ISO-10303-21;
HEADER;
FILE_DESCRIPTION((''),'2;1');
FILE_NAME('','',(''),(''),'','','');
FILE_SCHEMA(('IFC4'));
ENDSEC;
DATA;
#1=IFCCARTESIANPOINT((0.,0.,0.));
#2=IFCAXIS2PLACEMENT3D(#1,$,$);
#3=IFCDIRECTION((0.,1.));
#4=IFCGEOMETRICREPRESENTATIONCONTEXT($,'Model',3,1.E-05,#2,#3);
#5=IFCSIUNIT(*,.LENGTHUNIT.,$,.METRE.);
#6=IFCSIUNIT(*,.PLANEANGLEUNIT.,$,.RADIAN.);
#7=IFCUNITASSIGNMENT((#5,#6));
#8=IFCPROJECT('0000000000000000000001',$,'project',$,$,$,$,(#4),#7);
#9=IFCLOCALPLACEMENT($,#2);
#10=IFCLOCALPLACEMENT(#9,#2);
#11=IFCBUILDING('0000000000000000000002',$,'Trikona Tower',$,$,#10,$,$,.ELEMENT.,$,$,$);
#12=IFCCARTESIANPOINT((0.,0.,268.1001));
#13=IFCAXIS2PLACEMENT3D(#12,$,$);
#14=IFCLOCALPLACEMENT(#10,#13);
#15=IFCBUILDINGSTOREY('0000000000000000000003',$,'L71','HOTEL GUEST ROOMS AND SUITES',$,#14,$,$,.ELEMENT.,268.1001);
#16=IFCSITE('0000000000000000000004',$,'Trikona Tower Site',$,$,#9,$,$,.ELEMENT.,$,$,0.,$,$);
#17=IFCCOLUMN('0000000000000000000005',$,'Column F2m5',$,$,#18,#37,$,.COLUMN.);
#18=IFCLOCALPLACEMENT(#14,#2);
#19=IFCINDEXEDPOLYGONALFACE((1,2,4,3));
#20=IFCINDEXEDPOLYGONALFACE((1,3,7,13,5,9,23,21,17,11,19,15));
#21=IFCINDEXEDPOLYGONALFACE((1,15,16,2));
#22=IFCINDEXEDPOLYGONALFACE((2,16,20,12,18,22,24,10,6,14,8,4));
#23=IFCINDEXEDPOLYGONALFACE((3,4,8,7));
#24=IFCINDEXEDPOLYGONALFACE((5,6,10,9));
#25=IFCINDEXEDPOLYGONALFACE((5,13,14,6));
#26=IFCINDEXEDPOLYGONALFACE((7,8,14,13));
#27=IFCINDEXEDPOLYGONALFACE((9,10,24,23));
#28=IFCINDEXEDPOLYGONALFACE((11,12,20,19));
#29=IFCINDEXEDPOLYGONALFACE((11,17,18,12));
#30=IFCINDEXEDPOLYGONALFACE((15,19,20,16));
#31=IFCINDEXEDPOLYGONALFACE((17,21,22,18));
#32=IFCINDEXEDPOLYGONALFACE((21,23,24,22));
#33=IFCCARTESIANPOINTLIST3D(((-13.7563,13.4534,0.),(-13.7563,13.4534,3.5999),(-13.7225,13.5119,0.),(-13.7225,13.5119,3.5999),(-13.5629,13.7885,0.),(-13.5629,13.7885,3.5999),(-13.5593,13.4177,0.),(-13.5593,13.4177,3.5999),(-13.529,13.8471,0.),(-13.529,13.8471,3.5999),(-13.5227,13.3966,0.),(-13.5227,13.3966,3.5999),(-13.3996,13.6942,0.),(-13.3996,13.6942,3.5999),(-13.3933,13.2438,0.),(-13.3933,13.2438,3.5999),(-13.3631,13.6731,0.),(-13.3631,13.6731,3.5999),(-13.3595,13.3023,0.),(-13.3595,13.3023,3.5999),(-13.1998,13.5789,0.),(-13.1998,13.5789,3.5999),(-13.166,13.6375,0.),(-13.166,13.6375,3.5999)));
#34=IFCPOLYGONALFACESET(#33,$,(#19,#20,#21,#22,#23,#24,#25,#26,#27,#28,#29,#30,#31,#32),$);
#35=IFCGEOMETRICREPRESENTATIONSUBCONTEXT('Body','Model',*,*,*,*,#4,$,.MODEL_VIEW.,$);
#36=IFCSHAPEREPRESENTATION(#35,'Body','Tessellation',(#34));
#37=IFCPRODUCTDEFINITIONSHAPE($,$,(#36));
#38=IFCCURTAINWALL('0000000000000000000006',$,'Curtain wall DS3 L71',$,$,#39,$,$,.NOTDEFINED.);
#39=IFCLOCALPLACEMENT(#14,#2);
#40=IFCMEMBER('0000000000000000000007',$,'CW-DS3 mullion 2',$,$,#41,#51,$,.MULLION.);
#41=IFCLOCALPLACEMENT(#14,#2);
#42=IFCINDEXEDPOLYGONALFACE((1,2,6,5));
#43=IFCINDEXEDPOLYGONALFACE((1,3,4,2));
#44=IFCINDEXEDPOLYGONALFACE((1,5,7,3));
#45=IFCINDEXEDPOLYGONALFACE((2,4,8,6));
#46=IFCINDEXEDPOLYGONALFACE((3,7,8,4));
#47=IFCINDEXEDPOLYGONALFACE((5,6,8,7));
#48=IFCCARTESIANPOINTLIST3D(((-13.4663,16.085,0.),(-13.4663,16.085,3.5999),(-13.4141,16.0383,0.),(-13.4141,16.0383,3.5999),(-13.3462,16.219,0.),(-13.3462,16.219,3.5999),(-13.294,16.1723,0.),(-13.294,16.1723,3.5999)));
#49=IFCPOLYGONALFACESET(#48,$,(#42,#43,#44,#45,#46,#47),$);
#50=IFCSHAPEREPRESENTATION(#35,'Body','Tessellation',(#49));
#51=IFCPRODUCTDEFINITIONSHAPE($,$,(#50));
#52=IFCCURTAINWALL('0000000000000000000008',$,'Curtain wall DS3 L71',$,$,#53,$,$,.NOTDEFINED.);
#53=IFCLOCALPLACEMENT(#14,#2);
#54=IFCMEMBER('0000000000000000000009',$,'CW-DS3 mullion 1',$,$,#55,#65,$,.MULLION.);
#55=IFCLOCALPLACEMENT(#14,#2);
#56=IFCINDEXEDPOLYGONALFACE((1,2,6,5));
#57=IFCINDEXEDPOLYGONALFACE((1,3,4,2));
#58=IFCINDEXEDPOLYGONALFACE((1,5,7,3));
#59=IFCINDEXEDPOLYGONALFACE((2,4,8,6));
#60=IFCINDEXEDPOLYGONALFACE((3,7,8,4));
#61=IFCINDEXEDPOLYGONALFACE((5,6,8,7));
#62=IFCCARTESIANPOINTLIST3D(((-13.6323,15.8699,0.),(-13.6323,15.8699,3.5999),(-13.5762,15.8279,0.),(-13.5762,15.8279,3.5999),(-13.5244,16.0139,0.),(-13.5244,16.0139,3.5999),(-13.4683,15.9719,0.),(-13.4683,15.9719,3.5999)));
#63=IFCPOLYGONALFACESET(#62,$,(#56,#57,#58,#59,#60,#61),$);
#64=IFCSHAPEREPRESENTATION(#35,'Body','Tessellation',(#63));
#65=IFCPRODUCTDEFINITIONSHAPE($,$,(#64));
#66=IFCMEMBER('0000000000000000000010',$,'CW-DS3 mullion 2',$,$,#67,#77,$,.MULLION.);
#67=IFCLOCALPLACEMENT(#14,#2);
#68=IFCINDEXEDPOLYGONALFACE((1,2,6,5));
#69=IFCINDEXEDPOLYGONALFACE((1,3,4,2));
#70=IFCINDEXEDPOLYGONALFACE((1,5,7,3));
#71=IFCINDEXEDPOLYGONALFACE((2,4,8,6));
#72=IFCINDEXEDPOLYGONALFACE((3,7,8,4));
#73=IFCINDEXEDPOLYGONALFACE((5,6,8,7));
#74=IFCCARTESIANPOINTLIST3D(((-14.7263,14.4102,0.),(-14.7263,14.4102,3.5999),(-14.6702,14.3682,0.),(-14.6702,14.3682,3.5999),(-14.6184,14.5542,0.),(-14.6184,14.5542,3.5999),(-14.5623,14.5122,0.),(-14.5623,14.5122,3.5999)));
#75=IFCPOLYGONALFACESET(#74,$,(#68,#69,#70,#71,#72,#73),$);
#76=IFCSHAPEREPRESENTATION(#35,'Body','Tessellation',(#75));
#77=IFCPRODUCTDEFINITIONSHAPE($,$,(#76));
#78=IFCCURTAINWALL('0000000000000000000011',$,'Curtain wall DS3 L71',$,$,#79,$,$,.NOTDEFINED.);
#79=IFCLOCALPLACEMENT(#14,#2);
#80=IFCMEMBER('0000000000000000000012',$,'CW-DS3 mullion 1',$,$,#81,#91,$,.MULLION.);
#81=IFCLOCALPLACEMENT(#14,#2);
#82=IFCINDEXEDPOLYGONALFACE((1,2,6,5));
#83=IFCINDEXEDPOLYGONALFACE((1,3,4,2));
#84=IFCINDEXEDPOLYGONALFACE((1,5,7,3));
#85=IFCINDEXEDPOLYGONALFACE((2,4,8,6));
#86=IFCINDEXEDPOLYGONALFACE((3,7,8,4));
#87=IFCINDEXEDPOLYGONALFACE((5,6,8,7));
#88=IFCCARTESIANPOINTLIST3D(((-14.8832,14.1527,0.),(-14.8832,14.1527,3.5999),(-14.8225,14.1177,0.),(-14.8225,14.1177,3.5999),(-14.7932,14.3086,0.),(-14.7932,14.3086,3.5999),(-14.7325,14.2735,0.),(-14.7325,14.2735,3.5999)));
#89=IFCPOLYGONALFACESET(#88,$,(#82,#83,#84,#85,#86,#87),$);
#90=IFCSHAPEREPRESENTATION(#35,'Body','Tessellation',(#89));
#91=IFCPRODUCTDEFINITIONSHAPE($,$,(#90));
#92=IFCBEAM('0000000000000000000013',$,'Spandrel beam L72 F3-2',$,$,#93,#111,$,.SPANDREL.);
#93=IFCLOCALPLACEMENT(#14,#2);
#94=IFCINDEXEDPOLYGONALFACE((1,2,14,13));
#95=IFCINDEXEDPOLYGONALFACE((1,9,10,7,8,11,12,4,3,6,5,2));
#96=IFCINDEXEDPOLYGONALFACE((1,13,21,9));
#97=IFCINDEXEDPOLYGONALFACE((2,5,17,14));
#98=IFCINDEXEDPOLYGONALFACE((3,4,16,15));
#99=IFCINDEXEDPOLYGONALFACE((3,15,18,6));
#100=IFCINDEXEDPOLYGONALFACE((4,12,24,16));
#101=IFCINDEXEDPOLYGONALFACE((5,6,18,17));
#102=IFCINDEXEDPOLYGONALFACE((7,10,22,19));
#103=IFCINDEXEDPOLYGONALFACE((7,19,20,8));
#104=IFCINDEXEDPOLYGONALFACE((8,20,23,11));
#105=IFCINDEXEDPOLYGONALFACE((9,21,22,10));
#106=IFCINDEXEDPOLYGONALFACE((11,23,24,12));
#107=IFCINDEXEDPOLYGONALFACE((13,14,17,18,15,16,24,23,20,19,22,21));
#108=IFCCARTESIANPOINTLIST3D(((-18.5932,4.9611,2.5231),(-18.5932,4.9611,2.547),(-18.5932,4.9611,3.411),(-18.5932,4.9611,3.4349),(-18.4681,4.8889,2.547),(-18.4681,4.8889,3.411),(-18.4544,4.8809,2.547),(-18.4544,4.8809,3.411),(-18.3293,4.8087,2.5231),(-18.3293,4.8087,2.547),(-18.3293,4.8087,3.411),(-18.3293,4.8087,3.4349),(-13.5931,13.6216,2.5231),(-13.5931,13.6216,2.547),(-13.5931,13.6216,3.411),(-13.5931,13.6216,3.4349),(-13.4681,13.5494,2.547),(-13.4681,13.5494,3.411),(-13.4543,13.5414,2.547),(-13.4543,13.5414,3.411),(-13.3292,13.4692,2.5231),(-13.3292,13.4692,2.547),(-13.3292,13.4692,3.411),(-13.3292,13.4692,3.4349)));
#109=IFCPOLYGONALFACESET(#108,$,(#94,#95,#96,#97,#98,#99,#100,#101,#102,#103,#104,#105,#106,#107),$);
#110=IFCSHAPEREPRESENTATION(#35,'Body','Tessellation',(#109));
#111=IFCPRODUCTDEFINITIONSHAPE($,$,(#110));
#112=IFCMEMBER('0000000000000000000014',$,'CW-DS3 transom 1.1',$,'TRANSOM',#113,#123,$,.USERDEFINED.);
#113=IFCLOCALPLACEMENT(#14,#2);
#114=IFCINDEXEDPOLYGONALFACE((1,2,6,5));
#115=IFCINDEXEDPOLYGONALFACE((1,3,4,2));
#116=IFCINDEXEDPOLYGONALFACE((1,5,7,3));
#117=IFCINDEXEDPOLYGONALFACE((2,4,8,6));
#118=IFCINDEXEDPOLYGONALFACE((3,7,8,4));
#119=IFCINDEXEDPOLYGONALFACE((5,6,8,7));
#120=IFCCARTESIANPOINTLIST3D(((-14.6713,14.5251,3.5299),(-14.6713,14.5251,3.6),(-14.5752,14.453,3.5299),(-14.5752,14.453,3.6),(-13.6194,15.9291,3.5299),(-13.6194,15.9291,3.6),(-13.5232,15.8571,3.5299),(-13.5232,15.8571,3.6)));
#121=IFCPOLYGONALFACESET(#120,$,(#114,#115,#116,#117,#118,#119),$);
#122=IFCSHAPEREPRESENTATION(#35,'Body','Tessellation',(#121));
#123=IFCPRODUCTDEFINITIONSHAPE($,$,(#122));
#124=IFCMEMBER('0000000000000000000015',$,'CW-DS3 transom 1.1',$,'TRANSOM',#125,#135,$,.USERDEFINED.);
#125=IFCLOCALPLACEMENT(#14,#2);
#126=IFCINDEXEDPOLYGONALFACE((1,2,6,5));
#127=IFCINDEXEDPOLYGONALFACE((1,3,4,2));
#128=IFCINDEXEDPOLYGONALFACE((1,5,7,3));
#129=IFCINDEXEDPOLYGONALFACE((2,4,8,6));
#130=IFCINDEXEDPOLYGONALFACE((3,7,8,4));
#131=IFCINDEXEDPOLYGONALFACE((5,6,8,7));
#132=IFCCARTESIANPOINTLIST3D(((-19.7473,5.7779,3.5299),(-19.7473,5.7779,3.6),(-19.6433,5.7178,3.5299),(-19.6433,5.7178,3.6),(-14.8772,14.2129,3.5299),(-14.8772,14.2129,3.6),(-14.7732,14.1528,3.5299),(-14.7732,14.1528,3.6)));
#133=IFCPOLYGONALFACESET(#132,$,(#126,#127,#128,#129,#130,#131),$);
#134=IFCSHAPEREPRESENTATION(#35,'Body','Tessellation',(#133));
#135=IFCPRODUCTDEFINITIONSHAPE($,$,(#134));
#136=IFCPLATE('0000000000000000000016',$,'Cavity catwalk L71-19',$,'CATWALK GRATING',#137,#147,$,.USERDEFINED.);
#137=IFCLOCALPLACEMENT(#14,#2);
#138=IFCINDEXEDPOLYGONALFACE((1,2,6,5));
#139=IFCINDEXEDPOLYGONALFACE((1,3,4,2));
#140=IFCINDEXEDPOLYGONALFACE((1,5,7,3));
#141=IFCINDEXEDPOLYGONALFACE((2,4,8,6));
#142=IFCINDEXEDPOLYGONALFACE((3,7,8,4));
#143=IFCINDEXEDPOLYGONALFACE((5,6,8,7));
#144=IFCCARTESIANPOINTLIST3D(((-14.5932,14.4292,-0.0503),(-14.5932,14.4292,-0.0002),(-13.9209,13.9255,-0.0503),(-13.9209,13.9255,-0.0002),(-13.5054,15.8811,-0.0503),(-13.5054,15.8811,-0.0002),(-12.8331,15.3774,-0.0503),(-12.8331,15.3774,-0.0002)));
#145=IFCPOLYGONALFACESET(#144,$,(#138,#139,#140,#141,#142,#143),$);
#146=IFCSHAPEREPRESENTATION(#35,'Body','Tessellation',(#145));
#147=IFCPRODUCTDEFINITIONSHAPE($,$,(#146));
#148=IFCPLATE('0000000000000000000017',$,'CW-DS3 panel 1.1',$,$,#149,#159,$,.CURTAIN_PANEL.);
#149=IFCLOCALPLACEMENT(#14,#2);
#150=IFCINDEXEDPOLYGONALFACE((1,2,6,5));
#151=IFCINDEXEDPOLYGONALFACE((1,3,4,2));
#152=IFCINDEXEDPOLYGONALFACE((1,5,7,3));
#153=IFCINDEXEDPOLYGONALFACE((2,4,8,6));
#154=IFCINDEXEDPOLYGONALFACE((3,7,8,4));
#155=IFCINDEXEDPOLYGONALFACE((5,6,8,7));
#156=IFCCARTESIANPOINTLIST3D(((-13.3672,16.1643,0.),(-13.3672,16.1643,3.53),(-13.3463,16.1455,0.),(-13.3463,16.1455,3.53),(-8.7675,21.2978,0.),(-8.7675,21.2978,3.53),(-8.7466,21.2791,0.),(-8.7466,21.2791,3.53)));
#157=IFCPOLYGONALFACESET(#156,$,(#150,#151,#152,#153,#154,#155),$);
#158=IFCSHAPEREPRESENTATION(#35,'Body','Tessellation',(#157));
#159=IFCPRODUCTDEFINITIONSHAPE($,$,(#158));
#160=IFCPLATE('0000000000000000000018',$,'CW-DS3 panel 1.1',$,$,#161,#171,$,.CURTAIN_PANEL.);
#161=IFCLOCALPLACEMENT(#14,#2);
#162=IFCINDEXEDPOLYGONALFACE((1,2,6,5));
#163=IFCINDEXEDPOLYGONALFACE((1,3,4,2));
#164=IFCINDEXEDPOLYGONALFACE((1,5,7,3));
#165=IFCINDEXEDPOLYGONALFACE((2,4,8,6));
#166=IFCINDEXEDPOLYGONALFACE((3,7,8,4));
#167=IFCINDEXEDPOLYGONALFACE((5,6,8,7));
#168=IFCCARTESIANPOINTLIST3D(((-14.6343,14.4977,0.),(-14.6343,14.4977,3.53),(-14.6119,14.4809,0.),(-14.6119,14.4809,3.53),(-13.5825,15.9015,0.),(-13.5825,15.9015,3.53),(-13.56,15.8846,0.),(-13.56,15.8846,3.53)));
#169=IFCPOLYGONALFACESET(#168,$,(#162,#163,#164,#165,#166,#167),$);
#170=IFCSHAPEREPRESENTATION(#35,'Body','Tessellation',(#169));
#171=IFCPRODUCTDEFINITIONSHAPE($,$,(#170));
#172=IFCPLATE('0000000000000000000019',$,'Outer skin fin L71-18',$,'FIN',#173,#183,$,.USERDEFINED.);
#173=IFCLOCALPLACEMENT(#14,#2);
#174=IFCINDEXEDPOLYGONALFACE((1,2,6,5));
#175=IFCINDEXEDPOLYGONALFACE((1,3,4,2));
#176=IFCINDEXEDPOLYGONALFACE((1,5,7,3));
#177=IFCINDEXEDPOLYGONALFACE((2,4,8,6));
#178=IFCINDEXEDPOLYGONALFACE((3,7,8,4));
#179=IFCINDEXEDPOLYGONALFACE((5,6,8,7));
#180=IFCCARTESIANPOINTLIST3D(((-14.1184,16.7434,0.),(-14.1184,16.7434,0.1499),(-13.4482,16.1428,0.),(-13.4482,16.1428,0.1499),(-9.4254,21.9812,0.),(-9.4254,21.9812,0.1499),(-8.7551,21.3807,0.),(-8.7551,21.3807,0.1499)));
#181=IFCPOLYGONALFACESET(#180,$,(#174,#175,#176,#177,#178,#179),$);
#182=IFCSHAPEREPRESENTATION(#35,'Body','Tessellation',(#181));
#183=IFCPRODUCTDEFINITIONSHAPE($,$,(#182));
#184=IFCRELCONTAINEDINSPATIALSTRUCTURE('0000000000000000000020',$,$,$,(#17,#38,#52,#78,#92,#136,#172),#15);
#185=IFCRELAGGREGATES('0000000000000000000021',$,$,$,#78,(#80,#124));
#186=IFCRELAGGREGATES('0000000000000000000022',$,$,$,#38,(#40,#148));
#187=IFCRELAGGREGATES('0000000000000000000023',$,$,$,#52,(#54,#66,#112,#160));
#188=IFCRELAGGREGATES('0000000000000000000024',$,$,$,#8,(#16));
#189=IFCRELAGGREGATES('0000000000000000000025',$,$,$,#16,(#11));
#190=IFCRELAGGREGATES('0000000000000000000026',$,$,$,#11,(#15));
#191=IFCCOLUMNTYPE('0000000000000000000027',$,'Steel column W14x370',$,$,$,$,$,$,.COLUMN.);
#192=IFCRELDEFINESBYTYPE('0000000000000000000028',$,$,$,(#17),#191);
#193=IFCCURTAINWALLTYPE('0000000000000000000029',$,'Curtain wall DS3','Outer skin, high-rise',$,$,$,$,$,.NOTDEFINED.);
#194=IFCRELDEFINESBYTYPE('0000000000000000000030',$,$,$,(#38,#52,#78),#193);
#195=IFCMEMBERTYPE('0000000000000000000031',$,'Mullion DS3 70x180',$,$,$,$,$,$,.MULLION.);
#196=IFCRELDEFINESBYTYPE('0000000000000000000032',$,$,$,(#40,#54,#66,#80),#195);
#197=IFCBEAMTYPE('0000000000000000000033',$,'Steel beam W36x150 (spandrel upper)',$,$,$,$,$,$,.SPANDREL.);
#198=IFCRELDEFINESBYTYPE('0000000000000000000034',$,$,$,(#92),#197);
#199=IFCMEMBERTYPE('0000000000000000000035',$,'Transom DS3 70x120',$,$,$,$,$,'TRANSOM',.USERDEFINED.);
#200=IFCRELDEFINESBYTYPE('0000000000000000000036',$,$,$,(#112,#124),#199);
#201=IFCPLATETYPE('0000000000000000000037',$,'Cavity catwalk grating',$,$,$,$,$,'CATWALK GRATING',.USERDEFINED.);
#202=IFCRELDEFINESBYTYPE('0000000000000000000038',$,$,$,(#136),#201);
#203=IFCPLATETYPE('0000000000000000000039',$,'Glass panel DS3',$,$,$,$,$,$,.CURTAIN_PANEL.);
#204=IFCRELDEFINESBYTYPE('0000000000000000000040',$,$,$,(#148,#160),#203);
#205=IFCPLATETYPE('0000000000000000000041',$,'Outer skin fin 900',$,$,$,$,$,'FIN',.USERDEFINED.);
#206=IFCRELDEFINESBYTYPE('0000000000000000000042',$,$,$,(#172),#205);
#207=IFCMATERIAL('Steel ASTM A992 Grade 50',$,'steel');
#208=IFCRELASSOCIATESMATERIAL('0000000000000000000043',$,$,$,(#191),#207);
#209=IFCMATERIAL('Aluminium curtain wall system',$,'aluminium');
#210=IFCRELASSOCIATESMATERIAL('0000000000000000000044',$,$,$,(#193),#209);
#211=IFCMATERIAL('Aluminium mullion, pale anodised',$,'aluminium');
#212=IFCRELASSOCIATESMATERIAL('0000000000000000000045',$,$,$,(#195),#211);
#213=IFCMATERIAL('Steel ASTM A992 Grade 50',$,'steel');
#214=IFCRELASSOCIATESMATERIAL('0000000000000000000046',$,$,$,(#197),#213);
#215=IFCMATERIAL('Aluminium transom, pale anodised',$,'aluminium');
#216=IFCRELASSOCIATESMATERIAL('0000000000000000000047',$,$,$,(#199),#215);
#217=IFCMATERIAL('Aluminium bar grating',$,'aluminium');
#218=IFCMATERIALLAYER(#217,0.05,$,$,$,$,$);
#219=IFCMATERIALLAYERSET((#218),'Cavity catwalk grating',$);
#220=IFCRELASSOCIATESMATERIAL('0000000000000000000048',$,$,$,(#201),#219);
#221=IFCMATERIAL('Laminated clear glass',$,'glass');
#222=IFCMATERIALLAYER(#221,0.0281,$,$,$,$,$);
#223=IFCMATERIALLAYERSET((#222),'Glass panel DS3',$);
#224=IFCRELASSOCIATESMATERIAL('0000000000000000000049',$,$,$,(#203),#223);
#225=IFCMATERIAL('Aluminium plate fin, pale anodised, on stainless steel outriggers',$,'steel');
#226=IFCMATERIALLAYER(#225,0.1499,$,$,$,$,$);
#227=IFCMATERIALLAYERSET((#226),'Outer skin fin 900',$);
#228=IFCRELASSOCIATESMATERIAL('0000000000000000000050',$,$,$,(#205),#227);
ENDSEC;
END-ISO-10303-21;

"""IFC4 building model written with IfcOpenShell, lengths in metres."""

from ifc_helpers import new_model, si_unit, direction, frame, origin, origin_2d, place, context, subcontext, project, spatial, rectangle, i_section, extrude, material, layer, layer_set, material_profile, profile_set, type_object, element, aggregate, save


model = new_model("IFC4")

# Units and contexts
model_context = context("Model", 3, precision=1e-05, world=origin(), true_north=direction((0.0, 1.0)))
body_context = subcontext(model_context, "Body", "Model", "MODEL_VIEW")
ifc_project = project(units=[si_unit("LENGTHUNIT", "METRE"), si_unit("PLANEANGLEUNIT", "RADIAN")], contexts=[model_context])

# Site, building, storey
site_placement = place(None, origin())
site = spatial("IfcSite", under=ifc_project, at=site_placement, Name="Trikona Tower Site", CompositionType="ELEMENT", RefElevation=0.0)
building_placement = place(site_placement, origin())
building = spatial("IfcBuilding", under=site, at=building_placement, Name="Trikona Tower", CompositionType="ELEMENT")
storey_placement = place(building_placement, frame((0.0, 0.0, 268.1001)))
storey = spatial("IfcBuildingStorey", under=building, at=storey_placement, Name="L71", Description="HOTEL GUEST ROOMS AND SUITES", CompositionType="ELEMENT", Elevation=268.1001)

# Column
ifc_material_1 = material(Name="Steel ASTM A992 Grade 50", Category="steel")
ifc_material_profile_1 = material_profile(ifc_material_1, i_section(OverallWidth=0.4192, OverallDepth=0.4546, WebThickness=0.0422, FlangeThickness=0.0676, at=origin_2d()), Name="W14X370")
ifc_profile_set_1 = profile_set([ifc_material_profile_1], Name="Steel ASTM A992 Grade 50")
column_type = type_object("IfcColumnType", Name="Steel column W14x370", PredefinedType="COLUMN", material=ifc_profile_set_1)
column_placement = place(storey_placement, frame((-13.4612, 13.5454, 0.0), z_axis=(0.0, 0.0, 1.0), x_axis=(-0.866025, 0.5, 0.0)))
element("IfcColumn", 1, at=column_placement, inside=storey, type_object=column_type, Name="Column F2m5", PredefinedType="COLUMN", context=body_context, shape_type="SweptSolid", body=[
    extrude(i_section(OverallWidth=0.4192, OverallDepth=0.4546, WebThickness=0.0422, FlangeThickness=0.0676, at=origin_2d()), origin(), (0.0, 0.0, 1.0), 3.5999),
])

# Curtain wall, member
ifc_material_2 = material(Name="Aluminium curtain wall system", Category="aluminium")
curtain_wall_type = type_object("IfcCurtainWallType", Name="Curtain wall DS3", Description="Outer skin, high-rise", PredefinedType="NOTDEFINED", material=ifc_material_2)
curtain_wall_1_placement = place(storey_placement, origin())
curtain_wall_1 = element("IfcCurtainWall", 2, at=curtain_wall_1_placement, inside=storey, type_object=curtain_wall_type, Name="Curtain wall DS3 L71", PredefinedType="NOTDEFINED")
ifc_material_3 = material(Name="Aluminium mullion, pale anodised", Category="aluminium")
ifc_material_profile_2 = material_profile(ifc_material_3, rectangle(XDim=0.0701, YDim=0.1799, at=origin_2d()), Name="MUL-DS3")
ifc_profile_set_2 = profile_set([ifc_material_profile_2], Name="Aluminium mullion, pale anodised")
member_type_1 = type_object("IfcMemberType", Name="Mullion DS3 70x180", PredefinedType="MULLION", material=ifc_profile_set_2)
member_1_placement = place(storey_placement, frame((-13.3801, 16.1287, 0.0), z_axis=(0.0, 0.0, 1.0), x_axis=(0.744771, -0.66732, 0.0)))
member_1 = element("IfcMember", 3, at=member_1_placement, type_object=member_type_1, Name="CW-DS3 mullion 2", PredefinedType="MULLION", context=body_context, shape_type="SweptSolid", body=[
    extrude(rectangle(XDim=0.0701, YDim=0.1799, at=origin_2d()), origin(), (0.0, 0.0, 1.0), 3.5999),
])

# Curtain wall, members
curtain_wall_2_placement = place(storey_placement, origin())
curtain_wall_2 = element("IfcCurtainWall", 4, at=curtain_wall_2_placement, inside=storey, type_object=curtain_wall_type, Name="Curtain wall DS3 L71", PredefinedType="NOTDEFINED")
member_2_placement = place(storey_placement, frame((-13.5503, 15.9209, 0.0), z_axis=(0.0, 0.0, 1.0), x_axis=(0.80026, -0.599654, 0.0)))
member_2 = element("IfcMember", 5, at=member_2_placement, type_object=member_type_1, Name="CW-DS3 mullion 1", PredefinedType="MULLION", context=body_context, shape_type="SweptSolid", body=[
    extrude(rectangle(XDim=0.0701, YDim=0.1799, at=origin_2d()), origin(), (0.0, 0.0, 1.0), 3.5999),
])
member_3_placement = place(storey_placement, frame((-14.6443, 14.4612, 0.0), z_axis=(0.0, 0.0, 1.0), x_axis=(0.80026, -0.599654, 0.0)))
member_3 = element("IfcMember", 6, at=member_3_placement, type_object=member_type_1, Name="CW-DS3 mullion 2", PredefinedType="MULLION", context=body_context, shape_type="SweptSolid", body=[
    extrude(rectangle(XDim=0.0701, YDim=0.1799, at=origin_2d()), origin(), (0.0, 0.0, 1.0), 3.5999),
])

# Curtain wall, member
curtain_wall_3_placement = place(storey_placement, origin())
curtain_wall_3 = element("IfcCurtainWall", 7, at=curtain_wall_3_placement, inside=storey, type_object=curtain_wall_type, Name="Curtain wall DS3 L71", PredefinedType="NOTDEFINED")
member_4_placement = place(storey_placement, frame((-14.8079, 14.2131, 0.0), z_axis=(0.0, 0.0, 1.0), x_axis=(0.866025, -0.500001, 0.0)))
member_4 = element("IfcMember", 8, at=member_4_placement, type_object=member_type_1, Name="CW-DS3 mullion 1", PredefinedType="MULLION", context=body_context, shape_type="SweptSolid", body=[
    extrude(rectangle(XDim=0.0701, YDim=0.1799, at=origin_2d()), origin(), (0.0, 0.0, 1.0), 3.5999),
])

# Beam
ifc_material_4 = material(Name="Steel ASTM A992 Grade 50", Category="steel")
ifc_material_profile_3 = material_profile(ifc_material_4, i_section(OverallWidth=0.3047, OverallDepth=0.9119, WebThickness=0.0159, FlangeThickness=0.0239, at=origin_2d()), Name="W36X150")
ifc_profile_set_3 = profile_set([ifc_material_profile_3], Name="Steel ASTM A992 Grade 50")
beam_type = type_object("IfcBeamType", Name="Steel beam W36x150 (spandrel upper)", PredefinedType="SPANDREL", material=ifc_profile_set_3)
beam_placement = place(storey_placement, frame((-13.4612, 13.5454, 2.979), z_axis=(-0.499994, -0.866029, 0.0), x_axis=(0.866029, -0.499994, 0.0)))
element("IfcBeam", 9, at=beam_placement, inside=storey, type_object=beam_type, Name="Spandrel beam L72 F3-2", PredefinedType="SPANDREL", context=body_context, shape_type="SweptSolid", body=[
    extrude(i_section(OverallWidth=0.3047, OverallDepth=0.9119, WebThickness=0.0159, FlangeThickness=0.0239, at=origin_2d()), origin(), (0.0, 0.0, 1.0), 10.0002),
])

# Members
ifc_material_5 = material(Name="Aluminium transom, pale anodised", Category="aluminium")
ifc_material_profile_4 = material_profile(ifc_material_5, rectangle(XDim=0.1201, YDim=0.0701, at=origin_2d()), Name="TRN-DS3")
ifc_profile_set_4 = profile_set([ifc_material_profile_4], Name="Aluminium transom, pale anodised")
member_type_2 = type_object("IfcMemberType", Name="Transom DS3 70x120", ElementType="TRANSOM", PredefinedType="USERDEFINED", material=ifc_profile_set_4)
member_5_placement = place(storey_placement, frame((-13.5713, 15.8931, 3.5649), z_axis=(-0.599621, -0.800284, 0.0), x_axis=(0.800284, -0.599621, 0.0)))
member_5 = element("IfcMember", 10, at=member_5_placement, type_object=member_type_2, Name="CW-DS3 transom 1.1", ObjectType="TRANSOM", PredefinedType="USERDEFINED", context=body_context, shape_type="SweptSolid", body=[
    extrude(rectangle(XDim=0.1201, YDim=0.0701, at=origin_2d()), origin(), (0.0, 0.0, 1.0), 1.7544),
])
member_6_placement = place(storey_placement, frame((-14.8252, 14.1829, 3.5649), z_axis=(-0.50001, -0.866019, 0.0), x_axis=(0.866019, -0.50001, 0.0)))
member_6 = element("IfcMember", 11, at=member_6_placement, type_object=member_type_2, Name="CW-DS3 transom 1.1", ObjectType="TRANSOM", PredefinedType="USERDEFINED", context=body_context, shape_type="SweptSolid", body=[
    extrude(rectangle(XDim=0.1201, YDim=0.0701, at=origin_2d()), origin(), (0.0, 0.0, 1.0), 9.74),
])
aggregate(curtain_wall_3, [member_4, member_6])

# Plates
ifc_material_6 = material(Name="Aluminium bar grating", Category="aluminium")
ifc_layer_1 = layer(ifc_material_6, 0.05)
ifc_layer_set_1 = layer_set([ifc_layer_1], Name="Cavity catwalk grating")
plate_type_1 = type_object("IfcPlateType", Name="Cavity catwalk grating", ElementType="CATWALK GRATING", PredefinedType="USERDEFINED", material=ifc_layer_set_1)
plate_1_placement = place(storey_placement, frame((-13.7131, 14.9033, -0.0503), z_axis=(0.0, 0.0, 1.0), x_axis=(-0.599619, -0.800286, 0.0)))
element("IfcPlate", 12, at=plate_1_placement, inside=storey, type_object=plate_type_1, Name="Cavity catwalk L71-19", ObjectType="CATWALK GRATING", PredefinedType="USERDEFINED", context=body_context, shape_type="SweptSolid", body=[
    extrude(rectangle(XDim=1.8142, YDim=0.8401, at=origin_2d()), origin(), (0.0, 0.0, 1.0), 0.05),
])
ifc_material_7 = material(Name="Laminated clear glass", Category="glass")
ifc_layer_2 = layer(ifc_material_7, 0.0281)
ifc_layer_set_2 = layer_set([ifc_layer_2], Name="Glass panel DS3")
plate_type_2 = type_object("IfcPlateType", Name="Glass panel DS3", PredefinedType="CURTAIN_PANEL", material=ifc_layer_set_2)
plate_2_placement = place(storey_placement, frame((-11.0569, 18.7217, 0.0), z_axis=(0.0, 0.0, 1.0), x_axis=(-0.66732, -0.744771, 0.0)))
plate_2 = element("IfcPlate", 13, at=plate_2_placement, type_object=plate_type_2, Name="CW-DS3 panel 1.1", PredefinedType="CURTAIN_PANEL", context=body_context, shape_type="SweptSolid", body=[
    extrude(rectangle(XDim=6.8928, YDim=0.0281, at=origin_2d()), origin(), (0.0, 0.0, 1.0), 3.53),
])
aggregate(curtain_wall_1, [member_1, plate_2])
plate_3_placement = place(storey_placement, frame((-14.0972, 15.1912, 0.0), z_axis=(0.0, 0.0, 1.0), x_axis=(-0.599654, -0.80026, 0.0)))
plate_3 = element("IfcPlate", 14, at=plate_3_placement, type_object=plate_type_2, Name="CW-DS3 panel 1.1", PredefinedType="CURTAIN_PANEL", context=body_context, shape_type="SweptSolid", body=[
    extrude(rectangle(XDim=1.7542, YDim=0.0281, at=origin_2d()), origin(), (0.0, 0.0, 1.0), 3.53),
])
aggregate(curtain_wall_2, [member_2, member_3, member_5, plate_3])

# Plate
ifc_material_8 = material(Name="Aluminium plate fin, pale anodised, on stainless steel outriggers", Category="steel")
ifc_layer_3 = layer(ifc_material_8, 0.1499)
ifc_layer_set_3 = layer_set([ifc_layer_3], Name="Outer skin fin 900")
plate_type_3 = type_object("IfcPlateType", Name="Outer skin fin 900", ElementType="FIN", PredefinedType="USERDEFINED", material=ifc_layer_set_3)
plate_4_placement = place(storey_placement, frame((-11.4368, 19.062, 0.0), z_axis=(0.0, 0.0, 1.0), x_axis=(-0.667311, -0.744779, 0.0)))
element("IfcPlate", 15, at=plate_4_placement, inside=storey, type_object=plate_type_3, Name="Outer skin fin L71-18", ObjectType="FIN", PredefinedType="USERDEFINED", context=body_context, shape_type="SweptSolid", body=[
    extrude(rectangle(XDim=7.0327, YDim=0.8999, at=origin_2d()), origin(), (0.0, 0.0, 1.0), 0.1499),
])

save(model, "model.ifc")
